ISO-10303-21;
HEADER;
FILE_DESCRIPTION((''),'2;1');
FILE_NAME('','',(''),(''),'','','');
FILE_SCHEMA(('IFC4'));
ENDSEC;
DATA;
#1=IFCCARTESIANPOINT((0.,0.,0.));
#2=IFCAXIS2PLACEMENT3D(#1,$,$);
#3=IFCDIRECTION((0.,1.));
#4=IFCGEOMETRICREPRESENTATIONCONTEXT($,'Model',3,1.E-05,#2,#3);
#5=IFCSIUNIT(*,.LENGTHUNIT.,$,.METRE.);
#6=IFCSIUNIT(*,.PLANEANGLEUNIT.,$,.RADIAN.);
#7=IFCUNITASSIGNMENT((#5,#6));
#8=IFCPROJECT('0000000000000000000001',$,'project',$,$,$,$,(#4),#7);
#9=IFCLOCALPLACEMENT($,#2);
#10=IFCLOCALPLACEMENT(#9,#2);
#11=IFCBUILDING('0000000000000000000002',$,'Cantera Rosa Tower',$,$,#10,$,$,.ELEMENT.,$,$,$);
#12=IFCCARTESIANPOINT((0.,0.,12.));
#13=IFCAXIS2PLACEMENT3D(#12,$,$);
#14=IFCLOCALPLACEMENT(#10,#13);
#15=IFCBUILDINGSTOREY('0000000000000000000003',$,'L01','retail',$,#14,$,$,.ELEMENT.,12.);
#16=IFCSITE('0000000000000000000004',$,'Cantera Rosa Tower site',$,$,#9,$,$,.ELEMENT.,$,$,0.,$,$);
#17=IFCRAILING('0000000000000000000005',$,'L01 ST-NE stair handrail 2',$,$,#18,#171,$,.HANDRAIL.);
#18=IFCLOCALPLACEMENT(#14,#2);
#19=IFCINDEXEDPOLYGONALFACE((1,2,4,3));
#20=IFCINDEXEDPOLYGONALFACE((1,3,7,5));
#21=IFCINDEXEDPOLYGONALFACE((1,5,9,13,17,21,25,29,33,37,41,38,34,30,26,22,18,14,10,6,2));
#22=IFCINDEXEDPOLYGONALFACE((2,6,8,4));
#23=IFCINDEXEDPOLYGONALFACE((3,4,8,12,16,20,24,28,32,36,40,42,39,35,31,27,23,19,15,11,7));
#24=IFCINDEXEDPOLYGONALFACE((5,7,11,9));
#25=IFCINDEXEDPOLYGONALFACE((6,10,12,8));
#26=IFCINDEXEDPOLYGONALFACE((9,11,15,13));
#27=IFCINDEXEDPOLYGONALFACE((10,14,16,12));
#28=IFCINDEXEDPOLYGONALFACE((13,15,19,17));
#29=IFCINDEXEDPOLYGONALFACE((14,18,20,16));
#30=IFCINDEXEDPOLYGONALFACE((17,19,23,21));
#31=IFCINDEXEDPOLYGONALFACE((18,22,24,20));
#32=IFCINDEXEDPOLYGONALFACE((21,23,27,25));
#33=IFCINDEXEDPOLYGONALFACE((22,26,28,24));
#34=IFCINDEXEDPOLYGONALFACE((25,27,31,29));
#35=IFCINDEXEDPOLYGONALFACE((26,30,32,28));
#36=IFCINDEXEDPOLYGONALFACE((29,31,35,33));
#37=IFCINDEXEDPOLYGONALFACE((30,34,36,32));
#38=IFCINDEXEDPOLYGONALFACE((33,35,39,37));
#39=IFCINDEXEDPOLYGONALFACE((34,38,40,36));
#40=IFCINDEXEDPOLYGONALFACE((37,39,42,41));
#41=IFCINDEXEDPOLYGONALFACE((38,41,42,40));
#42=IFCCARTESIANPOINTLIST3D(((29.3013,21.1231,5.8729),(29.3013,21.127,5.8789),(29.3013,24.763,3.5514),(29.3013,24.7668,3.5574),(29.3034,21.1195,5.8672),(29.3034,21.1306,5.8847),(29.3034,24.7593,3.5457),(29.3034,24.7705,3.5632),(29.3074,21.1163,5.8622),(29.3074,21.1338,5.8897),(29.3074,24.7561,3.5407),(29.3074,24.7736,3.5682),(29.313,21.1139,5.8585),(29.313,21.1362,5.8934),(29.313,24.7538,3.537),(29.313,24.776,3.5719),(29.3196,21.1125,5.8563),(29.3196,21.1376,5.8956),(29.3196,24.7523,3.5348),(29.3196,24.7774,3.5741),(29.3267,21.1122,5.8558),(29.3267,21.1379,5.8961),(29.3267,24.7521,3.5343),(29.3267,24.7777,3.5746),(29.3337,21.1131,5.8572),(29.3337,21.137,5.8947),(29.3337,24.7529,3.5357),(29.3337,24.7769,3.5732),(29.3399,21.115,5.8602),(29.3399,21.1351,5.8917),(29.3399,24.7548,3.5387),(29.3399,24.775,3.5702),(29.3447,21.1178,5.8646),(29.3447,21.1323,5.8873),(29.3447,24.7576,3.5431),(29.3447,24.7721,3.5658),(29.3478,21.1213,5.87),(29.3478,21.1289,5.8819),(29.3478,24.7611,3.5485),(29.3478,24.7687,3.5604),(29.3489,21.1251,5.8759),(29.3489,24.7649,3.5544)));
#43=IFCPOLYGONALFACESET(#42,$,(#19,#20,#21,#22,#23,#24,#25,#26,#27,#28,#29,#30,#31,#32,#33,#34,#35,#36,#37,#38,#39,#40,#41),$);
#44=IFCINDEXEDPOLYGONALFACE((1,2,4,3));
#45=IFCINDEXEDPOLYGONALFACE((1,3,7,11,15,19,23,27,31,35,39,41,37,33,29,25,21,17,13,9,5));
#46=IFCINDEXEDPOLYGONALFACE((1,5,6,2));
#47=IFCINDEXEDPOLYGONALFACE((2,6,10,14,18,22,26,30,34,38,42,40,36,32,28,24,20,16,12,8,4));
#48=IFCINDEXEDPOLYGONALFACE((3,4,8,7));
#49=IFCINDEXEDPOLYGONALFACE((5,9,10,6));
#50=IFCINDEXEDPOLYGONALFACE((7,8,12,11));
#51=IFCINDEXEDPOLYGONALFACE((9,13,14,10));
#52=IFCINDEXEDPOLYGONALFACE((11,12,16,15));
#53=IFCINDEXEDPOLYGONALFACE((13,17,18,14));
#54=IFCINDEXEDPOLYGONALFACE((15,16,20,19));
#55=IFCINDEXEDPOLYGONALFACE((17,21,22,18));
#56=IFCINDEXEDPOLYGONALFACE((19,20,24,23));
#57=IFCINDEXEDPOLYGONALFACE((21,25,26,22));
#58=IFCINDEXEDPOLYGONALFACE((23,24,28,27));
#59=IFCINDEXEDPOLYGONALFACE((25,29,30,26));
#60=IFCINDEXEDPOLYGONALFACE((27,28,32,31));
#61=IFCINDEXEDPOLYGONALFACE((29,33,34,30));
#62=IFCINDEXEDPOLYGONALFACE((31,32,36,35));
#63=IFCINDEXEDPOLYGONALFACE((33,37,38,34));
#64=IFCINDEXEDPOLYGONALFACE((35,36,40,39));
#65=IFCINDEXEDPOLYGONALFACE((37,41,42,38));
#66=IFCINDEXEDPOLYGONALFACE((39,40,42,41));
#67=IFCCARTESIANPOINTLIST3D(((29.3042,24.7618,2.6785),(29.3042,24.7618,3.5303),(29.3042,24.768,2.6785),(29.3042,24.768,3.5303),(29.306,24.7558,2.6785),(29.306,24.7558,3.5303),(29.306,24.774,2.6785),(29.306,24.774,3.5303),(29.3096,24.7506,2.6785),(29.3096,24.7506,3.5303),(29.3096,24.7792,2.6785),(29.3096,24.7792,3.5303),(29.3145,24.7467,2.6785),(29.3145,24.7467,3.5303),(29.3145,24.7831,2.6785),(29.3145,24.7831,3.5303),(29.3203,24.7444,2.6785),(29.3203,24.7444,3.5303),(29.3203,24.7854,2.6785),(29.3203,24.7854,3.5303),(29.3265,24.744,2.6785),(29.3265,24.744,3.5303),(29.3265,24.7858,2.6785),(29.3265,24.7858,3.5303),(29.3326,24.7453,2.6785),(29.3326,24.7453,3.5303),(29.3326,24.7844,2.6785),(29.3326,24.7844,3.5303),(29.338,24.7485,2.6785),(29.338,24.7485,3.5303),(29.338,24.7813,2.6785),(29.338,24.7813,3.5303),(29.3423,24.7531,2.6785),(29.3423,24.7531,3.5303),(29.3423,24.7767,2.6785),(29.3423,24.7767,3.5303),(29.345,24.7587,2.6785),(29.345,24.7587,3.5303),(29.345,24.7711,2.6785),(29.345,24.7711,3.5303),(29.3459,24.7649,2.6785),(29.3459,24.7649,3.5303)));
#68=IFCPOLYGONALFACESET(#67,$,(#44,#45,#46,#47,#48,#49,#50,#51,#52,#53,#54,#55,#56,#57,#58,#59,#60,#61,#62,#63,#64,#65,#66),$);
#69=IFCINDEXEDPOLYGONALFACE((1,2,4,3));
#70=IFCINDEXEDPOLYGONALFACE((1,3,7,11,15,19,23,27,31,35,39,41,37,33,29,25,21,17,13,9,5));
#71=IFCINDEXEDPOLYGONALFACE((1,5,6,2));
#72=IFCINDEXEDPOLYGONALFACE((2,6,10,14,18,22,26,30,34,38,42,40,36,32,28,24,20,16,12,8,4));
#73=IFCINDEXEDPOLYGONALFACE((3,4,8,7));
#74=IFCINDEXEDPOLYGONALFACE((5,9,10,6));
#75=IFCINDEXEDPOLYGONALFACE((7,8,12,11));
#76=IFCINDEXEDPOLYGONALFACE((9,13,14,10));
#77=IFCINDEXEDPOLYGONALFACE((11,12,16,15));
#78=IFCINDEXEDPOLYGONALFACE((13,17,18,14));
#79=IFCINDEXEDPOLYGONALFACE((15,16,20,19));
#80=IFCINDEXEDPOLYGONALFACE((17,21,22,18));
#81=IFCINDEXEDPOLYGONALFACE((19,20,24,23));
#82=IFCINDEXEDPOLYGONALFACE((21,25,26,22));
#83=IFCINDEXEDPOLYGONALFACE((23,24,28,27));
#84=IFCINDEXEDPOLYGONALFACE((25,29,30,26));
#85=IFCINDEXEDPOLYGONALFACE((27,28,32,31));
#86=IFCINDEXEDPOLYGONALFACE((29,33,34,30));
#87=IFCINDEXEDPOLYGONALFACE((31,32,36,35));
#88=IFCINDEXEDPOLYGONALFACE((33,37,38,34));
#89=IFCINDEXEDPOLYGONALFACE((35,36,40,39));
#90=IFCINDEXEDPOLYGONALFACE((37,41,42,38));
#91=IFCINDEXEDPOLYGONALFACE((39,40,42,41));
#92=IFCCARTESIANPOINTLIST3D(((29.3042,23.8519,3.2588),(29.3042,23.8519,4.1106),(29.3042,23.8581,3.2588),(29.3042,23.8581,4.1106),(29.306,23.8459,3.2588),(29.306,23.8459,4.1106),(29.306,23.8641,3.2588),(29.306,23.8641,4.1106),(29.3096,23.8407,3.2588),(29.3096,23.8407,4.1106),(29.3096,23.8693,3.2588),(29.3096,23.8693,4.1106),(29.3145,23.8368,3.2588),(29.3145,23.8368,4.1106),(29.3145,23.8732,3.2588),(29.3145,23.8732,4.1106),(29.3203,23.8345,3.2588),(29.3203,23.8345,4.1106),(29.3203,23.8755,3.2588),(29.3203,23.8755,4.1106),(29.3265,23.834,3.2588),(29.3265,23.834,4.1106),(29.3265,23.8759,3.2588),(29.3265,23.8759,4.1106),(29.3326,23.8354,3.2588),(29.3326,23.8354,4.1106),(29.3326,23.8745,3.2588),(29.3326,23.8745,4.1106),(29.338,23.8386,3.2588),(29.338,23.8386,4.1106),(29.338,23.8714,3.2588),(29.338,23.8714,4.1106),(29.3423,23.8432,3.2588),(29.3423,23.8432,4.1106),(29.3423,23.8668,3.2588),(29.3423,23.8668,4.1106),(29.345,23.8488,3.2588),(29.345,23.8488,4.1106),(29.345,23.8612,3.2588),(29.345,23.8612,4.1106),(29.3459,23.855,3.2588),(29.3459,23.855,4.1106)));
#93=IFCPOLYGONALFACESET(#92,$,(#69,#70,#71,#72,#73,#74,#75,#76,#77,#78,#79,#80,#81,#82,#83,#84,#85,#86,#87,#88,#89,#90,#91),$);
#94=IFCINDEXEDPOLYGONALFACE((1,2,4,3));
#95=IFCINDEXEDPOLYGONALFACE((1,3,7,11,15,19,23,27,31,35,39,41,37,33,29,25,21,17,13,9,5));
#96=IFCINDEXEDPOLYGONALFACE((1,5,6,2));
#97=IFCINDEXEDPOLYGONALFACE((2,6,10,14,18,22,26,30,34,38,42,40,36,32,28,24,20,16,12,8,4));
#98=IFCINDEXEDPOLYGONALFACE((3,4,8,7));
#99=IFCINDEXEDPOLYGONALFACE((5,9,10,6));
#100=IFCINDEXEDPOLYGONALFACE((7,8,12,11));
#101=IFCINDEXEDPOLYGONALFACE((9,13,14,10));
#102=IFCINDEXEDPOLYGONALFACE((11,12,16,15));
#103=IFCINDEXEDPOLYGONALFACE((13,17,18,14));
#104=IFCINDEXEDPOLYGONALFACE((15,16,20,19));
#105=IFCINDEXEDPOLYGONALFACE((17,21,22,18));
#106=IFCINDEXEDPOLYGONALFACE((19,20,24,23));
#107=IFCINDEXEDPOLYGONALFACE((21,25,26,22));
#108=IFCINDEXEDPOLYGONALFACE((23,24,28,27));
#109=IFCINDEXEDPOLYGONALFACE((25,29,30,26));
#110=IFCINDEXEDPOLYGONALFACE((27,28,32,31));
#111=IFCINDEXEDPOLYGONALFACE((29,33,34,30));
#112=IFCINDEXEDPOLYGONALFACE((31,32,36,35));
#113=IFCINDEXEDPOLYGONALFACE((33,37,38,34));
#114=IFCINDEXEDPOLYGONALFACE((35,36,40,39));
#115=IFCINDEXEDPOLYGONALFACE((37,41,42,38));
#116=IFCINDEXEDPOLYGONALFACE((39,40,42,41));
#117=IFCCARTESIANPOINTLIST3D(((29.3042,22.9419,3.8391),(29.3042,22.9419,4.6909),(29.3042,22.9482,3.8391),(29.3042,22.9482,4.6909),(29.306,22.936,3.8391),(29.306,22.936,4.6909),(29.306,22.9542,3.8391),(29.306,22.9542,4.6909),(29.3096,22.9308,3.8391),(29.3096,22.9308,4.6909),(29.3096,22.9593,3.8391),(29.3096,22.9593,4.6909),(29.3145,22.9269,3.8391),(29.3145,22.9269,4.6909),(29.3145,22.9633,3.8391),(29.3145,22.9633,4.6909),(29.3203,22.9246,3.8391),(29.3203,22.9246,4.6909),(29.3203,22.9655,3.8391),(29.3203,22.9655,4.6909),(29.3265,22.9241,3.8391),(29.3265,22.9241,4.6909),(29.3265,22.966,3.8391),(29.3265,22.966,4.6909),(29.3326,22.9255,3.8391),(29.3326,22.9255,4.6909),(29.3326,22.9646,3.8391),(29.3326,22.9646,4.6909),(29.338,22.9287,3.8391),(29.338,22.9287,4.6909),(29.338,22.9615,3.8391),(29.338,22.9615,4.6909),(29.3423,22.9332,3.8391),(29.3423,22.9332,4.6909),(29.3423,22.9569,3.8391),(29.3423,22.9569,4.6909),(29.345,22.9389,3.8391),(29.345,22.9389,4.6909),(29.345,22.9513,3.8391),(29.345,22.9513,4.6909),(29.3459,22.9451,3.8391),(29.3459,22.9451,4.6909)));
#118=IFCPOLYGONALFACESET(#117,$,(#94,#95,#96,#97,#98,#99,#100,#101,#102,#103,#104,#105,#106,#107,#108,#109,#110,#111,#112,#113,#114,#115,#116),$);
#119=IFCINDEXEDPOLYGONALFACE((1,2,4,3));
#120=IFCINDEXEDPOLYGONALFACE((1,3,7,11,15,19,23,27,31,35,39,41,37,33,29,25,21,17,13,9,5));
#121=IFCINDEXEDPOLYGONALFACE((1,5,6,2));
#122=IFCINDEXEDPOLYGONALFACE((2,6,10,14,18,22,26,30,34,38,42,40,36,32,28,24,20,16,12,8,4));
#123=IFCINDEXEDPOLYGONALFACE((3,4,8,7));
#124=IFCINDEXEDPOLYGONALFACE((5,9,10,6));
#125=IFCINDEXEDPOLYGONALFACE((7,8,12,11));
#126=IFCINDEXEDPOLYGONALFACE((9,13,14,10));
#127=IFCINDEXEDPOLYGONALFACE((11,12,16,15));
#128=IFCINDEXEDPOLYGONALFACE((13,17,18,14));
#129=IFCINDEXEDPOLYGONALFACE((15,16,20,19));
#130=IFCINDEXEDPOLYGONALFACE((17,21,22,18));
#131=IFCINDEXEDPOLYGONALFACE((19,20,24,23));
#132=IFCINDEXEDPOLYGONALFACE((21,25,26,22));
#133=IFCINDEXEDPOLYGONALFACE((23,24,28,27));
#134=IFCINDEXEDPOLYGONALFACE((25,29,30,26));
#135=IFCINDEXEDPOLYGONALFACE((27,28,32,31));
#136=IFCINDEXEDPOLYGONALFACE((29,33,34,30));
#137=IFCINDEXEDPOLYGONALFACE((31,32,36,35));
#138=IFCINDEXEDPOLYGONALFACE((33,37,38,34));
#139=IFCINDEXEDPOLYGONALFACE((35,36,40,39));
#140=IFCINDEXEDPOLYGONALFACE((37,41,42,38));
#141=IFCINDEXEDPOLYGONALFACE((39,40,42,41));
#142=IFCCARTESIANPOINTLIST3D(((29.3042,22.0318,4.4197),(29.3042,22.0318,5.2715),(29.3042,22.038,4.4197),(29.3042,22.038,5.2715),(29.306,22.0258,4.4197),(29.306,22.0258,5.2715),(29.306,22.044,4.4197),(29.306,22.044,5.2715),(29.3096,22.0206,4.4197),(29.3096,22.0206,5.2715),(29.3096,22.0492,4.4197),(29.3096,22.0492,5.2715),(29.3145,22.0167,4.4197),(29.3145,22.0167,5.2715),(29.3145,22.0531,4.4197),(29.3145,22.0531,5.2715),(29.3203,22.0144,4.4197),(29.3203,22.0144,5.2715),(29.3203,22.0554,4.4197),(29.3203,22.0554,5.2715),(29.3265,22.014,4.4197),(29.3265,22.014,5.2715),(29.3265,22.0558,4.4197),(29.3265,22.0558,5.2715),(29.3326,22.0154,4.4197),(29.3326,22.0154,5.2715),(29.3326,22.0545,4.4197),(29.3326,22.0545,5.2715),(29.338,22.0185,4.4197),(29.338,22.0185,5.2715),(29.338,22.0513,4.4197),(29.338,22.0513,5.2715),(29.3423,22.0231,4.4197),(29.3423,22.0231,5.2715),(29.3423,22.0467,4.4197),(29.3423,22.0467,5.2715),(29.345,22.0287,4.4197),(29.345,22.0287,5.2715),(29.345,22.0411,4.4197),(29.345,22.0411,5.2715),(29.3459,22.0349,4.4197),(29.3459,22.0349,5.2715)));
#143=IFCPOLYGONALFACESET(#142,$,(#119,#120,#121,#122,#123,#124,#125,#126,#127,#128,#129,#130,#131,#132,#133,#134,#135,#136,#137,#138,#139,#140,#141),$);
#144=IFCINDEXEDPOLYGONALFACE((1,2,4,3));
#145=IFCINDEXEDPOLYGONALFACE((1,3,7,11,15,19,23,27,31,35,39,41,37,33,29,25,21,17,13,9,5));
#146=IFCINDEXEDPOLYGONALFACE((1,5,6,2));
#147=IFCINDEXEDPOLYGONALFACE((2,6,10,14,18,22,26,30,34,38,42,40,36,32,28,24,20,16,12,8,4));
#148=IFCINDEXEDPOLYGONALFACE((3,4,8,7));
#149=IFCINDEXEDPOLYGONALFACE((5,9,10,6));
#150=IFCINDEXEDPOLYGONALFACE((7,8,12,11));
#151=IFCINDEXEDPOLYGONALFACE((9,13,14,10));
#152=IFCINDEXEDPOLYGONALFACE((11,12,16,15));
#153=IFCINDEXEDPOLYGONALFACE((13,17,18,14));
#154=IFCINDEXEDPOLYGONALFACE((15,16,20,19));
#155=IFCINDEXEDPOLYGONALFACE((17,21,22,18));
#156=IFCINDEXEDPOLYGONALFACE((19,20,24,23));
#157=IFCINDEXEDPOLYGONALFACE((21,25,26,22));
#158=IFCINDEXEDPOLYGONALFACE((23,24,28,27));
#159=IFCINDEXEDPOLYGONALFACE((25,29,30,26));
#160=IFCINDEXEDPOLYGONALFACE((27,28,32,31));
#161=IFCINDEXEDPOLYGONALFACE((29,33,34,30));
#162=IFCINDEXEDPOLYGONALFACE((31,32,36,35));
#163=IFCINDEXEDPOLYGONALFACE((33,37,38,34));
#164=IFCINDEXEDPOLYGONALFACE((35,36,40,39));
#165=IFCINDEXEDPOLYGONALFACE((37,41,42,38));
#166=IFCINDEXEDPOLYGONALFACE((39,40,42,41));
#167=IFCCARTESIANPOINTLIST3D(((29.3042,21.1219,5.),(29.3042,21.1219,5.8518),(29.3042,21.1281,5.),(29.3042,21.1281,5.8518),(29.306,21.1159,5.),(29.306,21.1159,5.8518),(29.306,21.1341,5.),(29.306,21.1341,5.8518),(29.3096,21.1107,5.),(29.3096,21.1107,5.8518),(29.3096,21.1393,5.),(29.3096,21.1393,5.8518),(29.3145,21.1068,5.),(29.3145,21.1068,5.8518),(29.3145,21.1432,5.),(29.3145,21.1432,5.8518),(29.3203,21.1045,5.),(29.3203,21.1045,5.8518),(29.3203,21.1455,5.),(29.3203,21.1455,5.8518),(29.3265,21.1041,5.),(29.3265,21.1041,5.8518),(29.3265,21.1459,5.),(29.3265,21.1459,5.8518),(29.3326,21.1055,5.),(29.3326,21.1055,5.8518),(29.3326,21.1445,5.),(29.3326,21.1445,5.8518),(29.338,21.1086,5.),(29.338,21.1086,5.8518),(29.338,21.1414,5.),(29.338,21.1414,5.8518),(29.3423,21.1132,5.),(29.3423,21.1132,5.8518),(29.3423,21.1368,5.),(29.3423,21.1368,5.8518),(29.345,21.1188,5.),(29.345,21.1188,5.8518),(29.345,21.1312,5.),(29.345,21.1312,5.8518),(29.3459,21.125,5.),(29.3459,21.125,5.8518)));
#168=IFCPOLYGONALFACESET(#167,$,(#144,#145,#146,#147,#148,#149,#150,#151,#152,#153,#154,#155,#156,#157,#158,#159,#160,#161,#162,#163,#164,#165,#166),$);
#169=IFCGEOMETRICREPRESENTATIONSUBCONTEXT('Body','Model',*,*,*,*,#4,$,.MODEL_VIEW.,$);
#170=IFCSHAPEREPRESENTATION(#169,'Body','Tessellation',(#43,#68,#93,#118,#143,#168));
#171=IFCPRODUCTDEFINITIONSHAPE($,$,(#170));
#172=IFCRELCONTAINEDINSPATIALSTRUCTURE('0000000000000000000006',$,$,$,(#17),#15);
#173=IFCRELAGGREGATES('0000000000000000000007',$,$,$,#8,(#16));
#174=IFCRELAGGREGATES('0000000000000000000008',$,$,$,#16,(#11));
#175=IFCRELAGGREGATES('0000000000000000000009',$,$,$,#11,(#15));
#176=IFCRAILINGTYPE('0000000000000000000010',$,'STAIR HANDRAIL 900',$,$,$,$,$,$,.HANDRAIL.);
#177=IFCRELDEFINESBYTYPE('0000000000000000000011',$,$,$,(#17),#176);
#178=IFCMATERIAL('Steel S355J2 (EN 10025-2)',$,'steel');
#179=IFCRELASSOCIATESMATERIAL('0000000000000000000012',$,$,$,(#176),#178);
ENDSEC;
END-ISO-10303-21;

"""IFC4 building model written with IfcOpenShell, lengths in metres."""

from ifc_helpers import new_model, si_unit, direction, frame, origin, origin_2d, place, context, subcontext, project, spatial, circle, extrude, material, type_object, element, save


model = new_model("IFC4")

# Units and contexts
model_context = context("Model", 3, precision=1e-05, world=origin(), true_north=direction((0.0, 1.0)))
body_context = subcontext(model_context, "Body", "Model", "MODEL_VIEW")
ifc_project = project(units=[si_unit("LENGTHUNIT", "METRE"), si_unit("PLANEANGLEUNIT", "RADIAN")], contexts=[model_context])

# Site, building, storey
site_placement = place(None, origin())
site = spatial("IfcSite", under=ifc_project, at=site_placement, Name="Cantera Rosa Tower site", CompositionType="ELEMENT", RefElevation=0.0)
building_placement = place(site_placement, origin())
building = spatial("IfcBuilding", under=site, at=building_placement, Name="Cantera Rosa Tower", CompositionType="ELEMENT")
storey_placement = place(building_placement, frame((0.0, 0.0, 12.0)))
storey = spatial("IfcBuildingStorey", under=building, at=storey_placement, Name="L01", Description="retail", CompositionType="ELEMENT", Elevation=12.0)

# Railing
ifc_material_1 = material(Name="Steel S355J2 (EN 10025-2)", Category="steel")
railing_type_1 = type_object("IfcRailingType", Name="STAIR HANDRAIL 900", PredefinedType="HANDRAIL", material=ifc_material_1)
railing_1_placement = place(storey_placement, frame((29.325, 24.7649, 2.6785)))
element("IfcRailing", 1, at=railing_1_placement, inside=storey, type_object=railing_type_1, Name="L01 ST-NE stair handrail 2", PredefinedType="HANDRAIL", context=body_context, shape_type="SweptSolid", body=[
    extrude(circle(Radius=0.0239, at=origin_2d()), frame((0.0, 0.0, 0.876), z_axis=(0.0, -0.843112, 0.537739), x_axis=(1.0, 0.0, 0.0)), (0.0, 0.0, 1.0), 4.3171),
    extrude(circle(Radius=0.021, at=origin_2d()), origin(), (0.0, 0.0, 1.0), 0.8518),
    extrude(circle(Radius=0.021, at=origin_2d()), frame((0.0, -0.9099, 0.5803)), (0.0, 0.0, 1.0), 0.8518),
    extrude(circle(Radius=0.021, at=origin_2d()), frame((0.0, -1.8198, 1.1606)), (0.0, 0.0, 1.0), 0.8518),
    extrude(circle(Radius=0.021, at=origin_2d()), frame((0.0, -2.73, 1.7412)), (0.0, 0.0, 1.0), 0.8518),
    extrude(circle(Radius=0.021, at=origin_2d()), frame((0.0, -3.6399, 2.3215)), (0.0, 0.0, 1.0), 0.8518),
])

save(model, "model.ifc")
